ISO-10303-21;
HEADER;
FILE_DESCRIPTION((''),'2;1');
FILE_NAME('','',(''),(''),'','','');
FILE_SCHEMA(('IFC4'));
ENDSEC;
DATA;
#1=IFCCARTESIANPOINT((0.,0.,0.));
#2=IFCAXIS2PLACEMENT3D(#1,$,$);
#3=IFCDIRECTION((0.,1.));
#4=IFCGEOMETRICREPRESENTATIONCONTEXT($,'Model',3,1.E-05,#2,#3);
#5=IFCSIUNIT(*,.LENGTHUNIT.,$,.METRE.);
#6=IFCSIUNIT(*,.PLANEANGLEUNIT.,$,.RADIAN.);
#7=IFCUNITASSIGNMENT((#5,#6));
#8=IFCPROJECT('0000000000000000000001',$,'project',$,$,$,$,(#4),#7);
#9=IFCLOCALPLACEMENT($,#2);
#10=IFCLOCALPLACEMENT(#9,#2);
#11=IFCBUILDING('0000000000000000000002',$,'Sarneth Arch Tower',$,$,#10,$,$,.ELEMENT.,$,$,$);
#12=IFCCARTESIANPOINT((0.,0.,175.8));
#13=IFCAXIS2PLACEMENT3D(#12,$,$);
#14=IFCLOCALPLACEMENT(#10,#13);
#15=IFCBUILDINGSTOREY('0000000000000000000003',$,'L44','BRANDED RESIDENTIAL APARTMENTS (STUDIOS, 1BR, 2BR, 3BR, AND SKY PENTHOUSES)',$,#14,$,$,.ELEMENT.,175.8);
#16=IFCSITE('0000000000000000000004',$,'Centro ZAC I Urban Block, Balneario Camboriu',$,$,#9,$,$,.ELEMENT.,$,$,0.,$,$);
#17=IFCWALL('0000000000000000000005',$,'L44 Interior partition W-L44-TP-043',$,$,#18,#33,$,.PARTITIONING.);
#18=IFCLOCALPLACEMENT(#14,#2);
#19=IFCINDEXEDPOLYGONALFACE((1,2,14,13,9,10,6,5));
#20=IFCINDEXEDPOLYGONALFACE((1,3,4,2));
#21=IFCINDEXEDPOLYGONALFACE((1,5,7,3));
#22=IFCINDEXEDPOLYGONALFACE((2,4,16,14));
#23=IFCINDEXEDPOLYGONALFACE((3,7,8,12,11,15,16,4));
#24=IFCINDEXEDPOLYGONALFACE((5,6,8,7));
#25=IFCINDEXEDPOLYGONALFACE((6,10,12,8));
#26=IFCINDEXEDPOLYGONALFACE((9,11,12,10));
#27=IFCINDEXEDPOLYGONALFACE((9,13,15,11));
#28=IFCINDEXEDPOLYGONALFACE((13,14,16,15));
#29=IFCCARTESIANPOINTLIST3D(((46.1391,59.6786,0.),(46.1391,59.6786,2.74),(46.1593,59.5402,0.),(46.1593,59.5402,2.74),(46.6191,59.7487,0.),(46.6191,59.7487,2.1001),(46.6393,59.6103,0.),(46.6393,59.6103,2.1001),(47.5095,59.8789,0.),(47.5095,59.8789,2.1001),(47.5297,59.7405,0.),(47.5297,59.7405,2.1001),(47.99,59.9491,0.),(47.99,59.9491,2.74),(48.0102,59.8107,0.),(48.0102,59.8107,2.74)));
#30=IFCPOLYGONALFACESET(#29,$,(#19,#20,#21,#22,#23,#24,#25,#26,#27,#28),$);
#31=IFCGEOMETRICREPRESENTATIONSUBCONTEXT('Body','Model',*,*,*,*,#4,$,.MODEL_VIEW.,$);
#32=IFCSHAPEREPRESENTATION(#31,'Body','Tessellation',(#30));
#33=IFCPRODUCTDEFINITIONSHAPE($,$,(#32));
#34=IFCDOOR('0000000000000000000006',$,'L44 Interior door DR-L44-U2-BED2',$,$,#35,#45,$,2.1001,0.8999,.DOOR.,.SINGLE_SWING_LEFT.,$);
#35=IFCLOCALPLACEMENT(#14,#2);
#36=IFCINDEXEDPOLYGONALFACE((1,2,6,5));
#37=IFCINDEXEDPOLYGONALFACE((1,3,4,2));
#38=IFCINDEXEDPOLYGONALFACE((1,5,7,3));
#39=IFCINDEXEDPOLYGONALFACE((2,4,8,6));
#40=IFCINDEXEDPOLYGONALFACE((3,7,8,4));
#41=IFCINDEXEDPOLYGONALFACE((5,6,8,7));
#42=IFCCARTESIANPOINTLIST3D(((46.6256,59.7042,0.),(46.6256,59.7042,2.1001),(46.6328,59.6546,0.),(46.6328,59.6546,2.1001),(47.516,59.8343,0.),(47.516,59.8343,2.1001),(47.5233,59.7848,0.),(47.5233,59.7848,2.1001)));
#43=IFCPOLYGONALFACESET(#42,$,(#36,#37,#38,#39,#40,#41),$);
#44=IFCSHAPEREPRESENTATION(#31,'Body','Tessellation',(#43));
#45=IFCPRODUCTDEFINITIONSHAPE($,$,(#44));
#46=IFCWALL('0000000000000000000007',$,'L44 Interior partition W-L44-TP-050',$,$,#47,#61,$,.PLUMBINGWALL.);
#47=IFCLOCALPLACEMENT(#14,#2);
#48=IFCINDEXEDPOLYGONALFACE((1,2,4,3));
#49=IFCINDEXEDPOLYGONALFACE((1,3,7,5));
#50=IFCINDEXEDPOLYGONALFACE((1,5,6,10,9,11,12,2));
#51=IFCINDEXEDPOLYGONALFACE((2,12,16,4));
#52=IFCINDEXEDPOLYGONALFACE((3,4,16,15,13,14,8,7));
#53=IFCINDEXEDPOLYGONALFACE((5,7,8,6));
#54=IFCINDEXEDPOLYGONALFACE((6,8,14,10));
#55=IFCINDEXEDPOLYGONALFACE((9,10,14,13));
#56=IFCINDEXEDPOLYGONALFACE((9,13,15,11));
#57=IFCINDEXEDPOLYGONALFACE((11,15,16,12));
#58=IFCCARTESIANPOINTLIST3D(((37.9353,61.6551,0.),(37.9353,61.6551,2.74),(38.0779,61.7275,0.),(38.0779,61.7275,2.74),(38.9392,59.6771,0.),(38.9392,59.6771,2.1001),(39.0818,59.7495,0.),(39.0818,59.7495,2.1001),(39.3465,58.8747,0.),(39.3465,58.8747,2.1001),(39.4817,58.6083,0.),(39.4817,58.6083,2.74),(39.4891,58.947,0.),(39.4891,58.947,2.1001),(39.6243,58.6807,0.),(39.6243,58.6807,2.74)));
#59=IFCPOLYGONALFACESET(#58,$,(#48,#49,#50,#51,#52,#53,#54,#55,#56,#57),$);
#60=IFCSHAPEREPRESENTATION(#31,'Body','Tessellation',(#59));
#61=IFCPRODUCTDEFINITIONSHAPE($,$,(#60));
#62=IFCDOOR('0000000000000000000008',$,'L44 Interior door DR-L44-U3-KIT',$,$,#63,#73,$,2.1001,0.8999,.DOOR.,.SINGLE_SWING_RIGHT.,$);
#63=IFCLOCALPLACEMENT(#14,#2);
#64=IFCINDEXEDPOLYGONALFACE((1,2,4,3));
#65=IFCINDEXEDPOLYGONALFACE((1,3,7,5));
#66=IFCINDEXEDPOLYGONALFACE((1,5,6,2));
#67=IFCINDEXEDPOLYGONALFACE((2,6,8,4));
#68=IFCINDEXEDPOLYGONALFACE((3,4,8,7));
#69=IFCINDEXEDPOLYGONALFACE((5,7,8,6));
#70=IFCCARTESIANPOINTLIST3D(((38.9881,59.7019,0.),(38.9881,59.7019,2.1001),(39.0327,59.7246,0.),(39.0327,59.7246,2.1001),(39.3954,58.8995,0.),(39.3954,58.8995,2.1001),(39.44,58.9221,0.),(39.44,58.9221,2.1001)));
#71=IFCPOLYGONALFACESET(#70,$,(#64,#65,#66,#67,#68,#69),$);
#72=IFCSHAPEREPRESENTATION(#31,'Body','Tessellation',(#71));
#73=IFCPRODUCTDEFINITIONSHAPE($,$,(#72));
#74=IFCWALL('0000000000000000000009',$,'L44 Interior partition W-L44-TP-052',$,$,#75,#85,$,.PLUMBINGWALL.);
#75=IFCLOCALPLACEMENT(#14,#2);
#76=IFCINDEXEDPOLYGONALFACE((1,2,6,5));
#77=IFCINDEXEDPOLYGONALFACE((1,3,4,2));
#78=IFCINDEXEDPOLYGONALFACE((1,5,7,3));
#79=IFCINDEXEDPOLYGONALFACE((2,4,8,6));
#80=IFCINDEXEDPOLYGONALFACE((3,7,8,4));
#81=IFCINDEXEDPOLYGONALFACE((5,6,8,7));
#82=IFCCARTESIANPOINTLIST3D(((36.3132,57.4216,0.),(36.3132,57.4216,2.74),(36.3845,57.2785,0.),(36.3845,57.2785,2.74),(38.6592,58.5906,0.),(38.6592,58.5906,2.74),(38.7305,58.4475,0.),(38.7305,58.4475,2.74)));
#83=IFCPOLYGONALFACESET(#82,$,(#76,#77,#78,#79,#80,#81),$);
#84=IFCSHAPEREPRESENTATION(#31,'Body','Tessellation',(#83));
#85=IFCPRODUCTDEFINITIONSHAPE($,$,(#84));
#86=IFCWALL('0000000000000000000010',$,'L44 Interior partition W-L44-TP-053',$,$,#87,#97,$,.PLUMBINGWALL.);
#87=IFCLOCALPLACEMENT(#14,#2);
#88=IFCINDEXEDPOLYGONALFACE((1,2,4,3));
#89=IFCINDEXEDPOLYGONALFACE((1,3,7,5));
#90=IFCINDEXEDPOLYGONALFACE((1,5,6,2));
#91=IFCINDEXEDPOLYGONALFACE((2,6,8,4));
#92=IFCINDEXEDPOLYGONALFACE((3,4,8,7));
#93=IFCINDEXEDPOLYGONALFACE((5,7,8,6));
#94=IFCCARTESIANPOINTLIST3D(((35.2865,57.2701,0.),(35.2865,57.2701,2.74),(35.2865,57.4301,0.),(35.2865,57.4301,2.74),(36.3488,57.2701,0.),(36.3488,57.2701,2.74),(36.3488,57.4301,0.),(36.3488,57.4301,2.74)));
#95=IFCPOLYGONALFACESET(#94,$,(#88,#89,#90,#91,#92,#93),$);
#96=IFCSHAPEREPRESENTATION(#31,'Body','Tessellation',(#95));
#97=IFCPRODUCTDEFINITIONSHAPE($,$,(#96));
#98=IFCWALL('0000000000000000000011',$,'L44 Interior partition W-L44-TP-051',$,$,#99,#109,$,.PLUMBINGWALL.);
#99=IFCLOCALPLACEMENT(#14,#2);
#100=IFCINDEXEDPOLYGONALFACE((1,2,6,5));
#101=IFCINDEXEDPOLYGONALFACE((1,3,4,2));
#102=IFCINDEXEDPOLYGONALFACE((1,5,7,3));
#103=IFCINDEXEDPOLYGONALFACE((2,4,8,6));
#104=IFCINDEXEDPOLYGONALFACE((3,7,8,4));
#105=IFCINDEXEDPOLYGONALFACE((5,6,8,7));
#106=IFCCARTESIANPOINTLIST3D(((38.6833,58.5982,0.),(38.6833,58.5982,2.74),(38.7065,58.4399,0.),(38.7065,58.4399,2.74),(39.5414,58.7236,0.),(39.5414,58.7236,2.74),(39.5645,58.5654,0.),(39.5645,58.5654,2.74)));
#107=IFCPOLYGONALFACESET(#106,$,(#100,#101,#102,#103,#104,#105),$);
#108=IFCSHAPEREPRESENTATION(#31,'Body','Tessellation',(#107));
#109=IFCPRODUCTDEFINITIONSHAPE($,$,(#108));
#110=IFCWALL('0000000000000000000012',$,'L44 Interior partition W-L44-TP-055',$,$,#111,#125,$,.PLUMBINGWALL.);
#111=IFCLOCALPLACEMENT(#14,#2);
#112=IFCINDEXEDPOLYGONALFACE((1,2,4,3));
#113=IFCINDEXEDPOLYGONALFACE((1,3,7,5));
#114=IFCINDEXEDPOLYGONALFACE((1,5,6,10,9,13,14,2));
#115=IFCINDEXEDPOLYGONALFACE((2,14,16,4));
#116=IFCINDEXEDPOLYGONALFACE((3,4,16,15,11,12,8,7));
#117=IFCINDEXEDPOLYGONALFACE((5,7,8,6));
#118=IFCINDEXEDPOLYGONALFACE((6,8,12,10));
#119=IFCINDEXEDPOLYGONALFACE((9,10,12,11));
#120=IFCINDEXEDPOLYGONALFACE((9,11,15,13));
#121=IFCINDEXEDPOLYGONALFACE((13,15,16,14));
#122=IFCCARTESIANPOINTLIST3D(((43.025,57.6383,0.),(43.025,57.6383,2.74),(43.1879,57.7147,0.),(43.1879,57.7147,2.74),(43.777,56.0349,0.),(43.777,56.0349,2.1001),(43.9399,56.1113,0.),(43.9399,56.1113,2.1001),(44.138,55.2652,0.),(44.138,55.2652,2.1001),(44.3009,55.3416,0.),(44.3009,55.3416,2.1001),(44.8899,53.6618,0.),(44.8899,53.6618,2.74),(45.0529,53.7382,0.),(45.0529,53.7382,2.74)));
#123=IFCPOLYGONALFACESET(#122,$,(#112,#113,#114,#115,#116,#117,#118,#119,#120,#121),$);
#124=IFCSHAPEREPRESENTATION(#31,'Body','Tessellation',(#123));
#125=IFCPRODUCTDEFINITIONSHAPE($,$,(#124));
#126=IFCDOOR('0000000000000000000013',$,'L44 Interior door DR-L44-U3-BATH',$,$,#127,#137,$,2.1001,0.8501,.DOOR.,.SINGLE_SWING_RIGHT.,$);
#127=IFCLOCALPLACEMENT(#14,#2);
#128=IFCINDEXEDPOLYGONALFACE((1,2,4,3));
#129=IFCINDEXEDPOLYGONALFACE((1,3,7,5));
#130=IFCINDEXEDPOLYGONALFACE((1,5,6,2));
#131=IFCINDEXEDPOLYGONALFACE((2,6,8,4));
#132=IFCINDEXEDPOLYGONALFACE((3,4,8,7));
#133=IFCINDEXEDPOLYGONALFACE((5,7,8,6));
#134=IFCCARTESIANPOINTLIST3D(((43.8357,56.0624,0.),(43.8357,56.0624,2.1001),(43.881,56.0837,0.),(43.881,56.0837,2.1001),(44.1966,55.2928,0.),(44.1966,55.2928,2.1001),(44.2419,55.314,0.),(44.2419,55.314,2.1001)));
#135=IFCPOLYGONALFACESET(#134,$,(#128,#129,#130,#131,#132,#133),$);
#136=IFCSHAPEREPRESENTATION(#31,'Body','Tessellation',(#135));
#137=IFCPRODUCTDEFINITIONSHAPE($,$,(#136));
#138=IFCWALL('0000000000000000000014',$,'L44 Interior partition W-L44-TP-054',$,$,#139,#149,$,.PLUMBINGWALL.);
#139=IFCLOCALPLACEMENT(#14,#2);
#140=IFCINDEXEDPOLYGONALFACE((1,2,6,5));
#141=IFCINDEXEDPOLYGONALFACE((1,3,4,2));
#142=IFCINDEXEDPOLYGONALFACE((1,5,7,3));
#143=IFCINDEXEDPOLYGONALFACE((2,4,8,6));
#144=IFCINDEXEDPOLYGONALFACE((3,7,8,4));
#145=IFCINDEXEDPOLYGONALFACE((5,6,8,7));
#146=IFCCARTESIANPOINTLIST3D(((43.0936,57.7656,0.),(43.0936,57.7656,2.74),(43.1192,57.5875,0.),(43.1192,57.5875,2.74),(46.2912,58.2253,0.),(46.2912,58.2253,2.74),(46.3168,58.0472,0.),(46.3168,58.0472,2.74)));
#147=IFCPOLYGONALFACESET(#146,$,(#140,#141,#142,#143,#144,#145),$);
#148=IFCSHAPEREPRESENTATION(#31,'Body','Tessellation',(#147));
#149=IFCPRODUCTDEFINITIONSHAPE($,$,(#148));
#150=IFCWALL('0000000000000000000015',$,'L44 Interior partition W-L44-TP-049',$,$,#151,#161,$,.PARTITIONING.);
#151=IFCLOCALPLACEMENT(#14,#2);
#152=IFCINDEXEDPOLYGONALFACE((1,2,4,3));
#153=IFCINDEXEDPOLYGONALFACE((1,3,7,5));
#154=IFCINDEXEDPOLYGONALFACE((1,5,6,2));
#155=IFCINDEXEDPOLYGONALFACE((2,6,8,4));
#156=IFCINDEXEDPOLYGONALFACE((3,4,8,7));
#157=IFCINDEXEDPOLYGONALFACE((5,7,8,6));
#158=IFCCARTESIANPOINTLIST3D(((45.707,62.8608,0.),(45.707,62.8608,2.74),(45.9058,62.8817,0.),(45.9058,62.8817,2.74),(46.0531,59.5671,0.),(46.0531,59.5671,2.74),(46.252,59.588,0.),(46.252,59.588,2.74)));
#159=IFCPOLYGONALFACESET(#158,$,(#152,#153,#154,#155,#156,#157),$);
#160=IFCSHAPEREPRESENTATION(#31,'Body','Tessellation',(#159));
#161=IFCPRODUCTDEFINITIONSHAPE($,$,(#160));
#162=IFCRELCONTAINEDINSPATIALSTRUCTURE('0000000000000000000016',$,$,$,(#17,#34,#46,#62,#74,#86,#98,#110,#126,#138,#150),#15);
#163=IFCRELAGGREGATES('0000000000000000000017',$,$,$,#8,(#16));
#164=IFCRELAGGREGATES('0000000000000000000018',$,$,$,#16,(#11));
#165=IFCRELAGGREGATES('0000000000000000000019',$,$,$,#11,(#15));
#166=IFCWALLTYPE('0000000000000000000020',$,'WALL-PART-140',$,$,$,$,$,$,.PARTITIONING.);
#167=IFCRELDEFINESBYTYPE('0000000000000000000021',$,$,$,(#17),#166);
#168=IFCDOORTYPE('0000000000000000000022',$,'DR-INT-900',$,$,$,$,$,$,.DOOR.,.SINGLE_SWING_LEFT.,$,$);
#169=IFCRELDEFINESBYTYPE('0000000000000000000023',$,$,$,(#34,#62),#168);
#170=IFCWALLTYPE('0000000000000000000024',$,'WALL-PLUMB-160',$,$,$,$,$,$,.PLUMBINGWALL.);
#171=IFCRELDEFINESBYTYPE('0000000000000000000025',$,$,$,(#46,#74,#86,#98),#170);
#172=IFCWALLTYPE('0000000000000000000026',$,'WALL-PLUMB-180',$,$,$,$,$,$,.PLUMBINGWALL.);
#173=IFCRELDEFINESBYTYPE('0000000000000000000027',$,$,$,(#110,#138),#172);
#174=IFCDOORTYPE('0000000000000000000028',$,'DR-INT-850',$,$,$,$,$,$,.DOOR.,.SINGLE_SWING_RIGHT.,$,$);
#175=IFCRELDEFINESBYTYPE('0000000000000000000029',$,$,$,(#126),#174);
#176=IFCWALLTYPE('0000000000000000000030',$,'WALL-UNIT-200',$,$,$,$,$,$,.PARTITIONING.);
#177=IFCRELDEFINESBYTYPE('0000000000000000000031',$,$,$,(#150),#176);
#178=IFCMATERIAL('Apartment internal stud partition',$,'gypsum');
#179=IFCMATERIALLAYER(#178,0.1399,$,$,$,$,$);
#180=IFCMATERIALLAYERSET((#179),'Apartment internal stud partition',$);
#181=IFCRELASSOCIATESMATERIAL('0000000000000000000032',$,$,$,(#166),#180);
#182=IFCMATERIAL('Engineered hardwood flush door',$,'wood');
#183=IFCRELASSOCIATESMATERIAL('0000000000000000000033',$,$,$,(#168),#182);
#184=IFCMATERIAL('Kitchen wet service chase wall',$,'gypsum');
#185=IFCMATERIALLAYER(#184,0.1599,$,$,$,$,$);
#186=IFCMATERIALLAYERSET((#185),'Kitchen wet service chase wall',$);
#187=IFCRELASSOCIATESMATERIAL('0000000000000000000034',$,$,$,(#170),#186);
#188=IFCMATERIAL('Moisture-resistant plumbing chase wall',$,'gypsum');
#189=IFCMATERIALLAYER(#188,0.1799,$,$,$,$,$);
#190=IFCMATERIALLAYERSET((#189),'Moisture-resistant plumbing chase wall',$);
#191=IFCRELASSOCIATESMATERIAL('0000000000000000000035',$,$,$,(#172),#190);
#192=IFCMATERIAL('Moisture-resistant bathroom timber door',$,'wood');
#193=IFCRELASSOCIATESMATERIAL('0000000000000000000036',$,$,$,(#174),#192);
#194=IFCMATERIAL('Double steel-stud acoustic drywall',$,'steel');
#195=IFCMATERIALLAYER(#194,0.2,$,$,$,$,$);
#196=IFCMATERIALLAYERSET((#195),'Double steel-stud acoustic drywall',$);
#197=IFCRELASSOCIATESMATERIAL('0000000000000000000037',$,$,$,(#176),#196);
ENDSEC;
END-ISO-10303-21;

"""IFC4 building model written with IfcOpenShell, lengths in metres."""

from ifc_helpers import new_model, si_unit, direction, frame, frame_2d, origin, place, context, subcontext, project, spatial, rectangle, extrude, material, layer, layer_set, type_object, element, fill, save


model = new_model("IFC4")

# Units and contexts
model_context = context("Model", 3, precision=1e-05, world=origin(), true_north=direction((0.0, 1.0)))
body_context = subcontext(model_context, "Body", "Model", "MODEL_VIEW")
ifc_project = project(units=[si_unit("LENGTHUNIT", "METRE"), si_unit("PLANEANGLEUNIT", "RADIAN")], contexts=[model_context])

# Site, building, storey
site_placement = place(None, origin())
site = spatial("IfcSite", under=ifc_project, at=site_placement, Name="Centro ZAC I Urban Block, Balneario Camboriu", CompositionType="ELEMENT", RefElevation=0.0)
building_placement = place(site_placement, origin())
building = spatial("IfcBuilding", under=site, at=building_placement, Name="Sarneth Arch Tower", CompositionType="ELEMENT")
storey_placement = place(building_placement, frame((0.0, 0.0, 175.8)))
storey = spatial("IfcBuildingStorey", under=building, at=storey_placement, Name="L44", Description="BRANDED RESIDENTIAL APARTMENTS (STUDIOS, 1BR, 2BR, 3BR, AND SKY PENTHOUSES)", CompositionType="ELEMENT", Elevation=175.8)

# Walls, openings, doors
ifc_material_1 = material(Name="Apartment internal stud partition", Category="gypsum")
ifc_layer_1 = layer(ifc_material_1, 0.1399)
ifc_layer_set_1 = layer_set([ifc_layer_1], Name="Apartment internal stud partition")
wall_type_1 = type_object("IfcWallType", Name="WALL-PART-140", PredefinedType="PARTITIONING", material=ifc_layer_set_1)
wall_1_placement = place(storey_placement, frame((46.1492, 59.6094, 0.0), z_axis=(0.0, 0.0, 1.0), x_axis=(0.989488, 0.144618, 0.0)))
wall_1 = element("IfcWall", 1, at=wall_1_placement, inside=storey, type_object=wall_type_1, Name="L44 Interior partition W-L44-TP-043", PredefinedType="PARTITIONING", context=body_context, shape_type="SweptSolid", body=[
    extrude(rectangle(XDim=1.8706, YDim=0.1399, at=frame_2d((0.9353, 0.0))), origin(), (0.0, 0.0, 1.0), 2.74),
])
opening_1_placement = place(wall_1_placement, frame((0.4851, 0.0, 0.0)))
opening_1 = element("IfcOpeningElement", 2, at=opening_1_placement, cuts=wall_1, PredefinedType="OPENING", context=body_context, shape_type="SweptSolid", body=[
    extrude(rectangle(XDim=0.8999, YDim=2.1001, at=frame_2d((0.45, 1.05))), frame((0.0, 0.0798, 0.0), z_axis=(0.0, -1.0, 0.0), x_axis=(1.0, 0.0, 0.0)), (0.0, 0.0, 1.0), 0.1599),
])
ifc_material_2 = material(Name="Engineered hardwood flush door", Category="wood")
door_type_1 = type_object("IfcDoorType", Name="DR-INT-900", OperationType="SINGLE_SWING_LEFT", PredefinedType="DOOR", material=ifc_material_2)
door_1_placement = place(opening_1_placement, origin())
door_1 = element("IfcDoor", 3, at=door_1_placement, inside=storey, type_object=door_type_1, Name="L44 Interior door DR-L44-U2-BED2", OperationType="SINGLE_SWING_LEFT", OverallHeight=2.1001, OverallWidth=0.8999, PredefinedType="DOOR", context=body_context, shape_type="SweptSolid", body=[
    extrude(rectangle(XDim=0.8999, YDim=2.1001, at=frame_2d((0.45, 1.05))), frame((0.0, 0.0249, 0.0), z_axis=(0.0, -1.0, 0.0), x_axis=(1.0, 0.0, 0.0)), (0.0, 0.0, 1.0), 0.05),
])
fill(opening_1, door_1)
ifc_material_3 = material(Name="Kitchen wet service chase wall", Category="gypsum")
ifc_layer_2 = layer(ifc_material_3, 0.1599)
ifc_layer_set_2 = layer_set([ifc_layer_2], Name="Kitchen wet service chase wall")
wall_type_2 = type_object("IfcWallType", Name="WALL-PLUMB-160", PredefinedType="PLUMBINGWALL", material=ifc_layer_set_2)
wall_2_placement = place(storey_placement, frame((38.0066, 61.6914, 0.0), z_axis=(0.0, 0.0, 1.0), x_axis=(0.452579, -0.891724, 0.0)))
wall_2 = element("IfcWall", 4, at=wall_2_placement, inside=storey, type_object=wall_type_2, Name="L44 Interior partition W-L44-TP-050", PredefinedType="PLUMBINGWALL", context=body_context, shape_type="SweptSolid", body=[
    extrude(rectangle(XDim=3.4167, YDim=0.1599, at=frame_2d((1.7085, 0.0))), origin(), (0.0, 0.0, 1.0), 2.74),
])
opening_2_placement = place(wall_2_placement, frame((2.2183, 0.0, 0.0)))
opening_2 = element("IfcOpeningElement", 5, at=opening_2_placement, cuts=wall_2, PredefinedType="OPENING", context=body_context, shape_type="SweptSolid", body=[
    extrude(rectangle(XDim=0.8999, YDim=2.1001, at=frame_2d((0.45, 1.05))), frame((0.0, 0.0898, 0.0), z_axis=(0.0, -1.0, 0.0), x_axis=(1.0, 0.0, 0.0)), (0.0, 0.0, 1.0), 0.1799),
])
door_2_placement = place(opening_2_placement, origin())
door_2 = element("IfcDoor", 6, at=door_2_placement, inside=storey, type_object=door_type_1, Name="L44 Interior door DR-L44-U3-KIT", OperationType="SINGLE_SWING_RIGHT", OverallHeight=2.1001, OverallWidth=0.8999, PredefinedType="DOOR", context=body_context, shape_type="SweptSolid", body=[
    extrude(rectangle(XDim=0.8999, YDim=2.1001, at=frame_2d((0.45, 1.05))), frame((0.0, 0.0249, 0.0), z_axis=(0.0, -1.0, 0.0), x_axis=(1.0, 0.0, 0.0)), (0.0, 0.0, 1.0), 0.05),
])
fill(opening_2, door_2)

# Walls
wall_3_placement = place(storey_placement, frame((38.6948, 58.519, 0.0), z_axis=(0.0, 0.0, 1.0), x_axis=(-0.895041, -0.445984, 0.0)))
element("IfcWall", 7, at=wall_3_placement, inside=storey, type_object=wall_type_2, Name="L44 Interior partition W-L44-TP-052", PredefinedType="PLUMBINGWALL", context=body_context, shape_type="SweptSolid", body=[
    extrude(rectangle(XDim=2.6211, YDim=0.1599, at=frame_2d((1.3105, 0.0))), origin(), (0.0, 0.0, 1.0), 2.74),
])
wall_4_placement = place(storey_placement, frame((36.3489, 57.3501, 0.0), z_axis=(0.0, 0.0, 1.0), x_axis=(-1.0, 0.0, 0.0)))
element("IfcWall", 8, at=wall_4_placement, inside=storey, type_object=wall_type_2, Name="L44 Interior partition W-L44-TP-053", PredefinedType="PLUMBINGWALL", context=body_context, shape_type="SweptSolid", body=[
    extrude(rectangle(XDim=1.0623, YDim=0.1599, at=frame_2d((0.5312, 0.0))), origin(), (0.0, 0.0, 1.0), 2.74),
])
wall_5_placement = place(storey_placement, frame((39.553, 58.6445, 0.0), z_axis=(0.0, 0.0, 1.0), x_axis=(-0.989477, -0.144692, 0.0)))
element("IfcWall", 9, at=wall_5_placement, inside=storey, type_object=wall_type_2, Name="L44 Interior partition W-L44-TP-051", PredefinedType="PLUMBINGWALL", context=body_context, shape_type="SweptSolid", body=[
    extrude(rectangle(XDim=0.8672, YDim=0.1599, at=frame_2d((0.4336, 0.0))), origin(), (0.0, 0.0, 1.0), 2.74),
])

# Wall, opening, door
ifc_material_4 = material(Name="Moisture-resistant plumbing chase wall", Category="gypsum")
ifc_layer_3 = layer(ifc_material_4, 0.1799)
ifc_layer_set_3 = layer_set([ifc_layer_3], Name="Moisture-resistant plumbing chase wall")
wall_type_3 = type_object("IfcWallType", Name="WALL-PLUMB-180", PredefinedType="PLUMBINGWALL", material=ifc_layer_set_3)
wall_6_placement = place(storey_placement, frame((43.1064, 57.6765, 0.0), z_axis=(0.0, 0.0, 1.0), x_axis=(0.424616, -0.905373, 0.0)))
wall_6 = element("IfcWall", 10, at=wall_6_placement, inside=storey, type_object=wall_type_3, Name="L44 Interior partition W-L44-TP-055", PredefinedType="PLUMBINGWALL", context=body_context, shape_type="SweptSolid", body=[
    extrude(rectangle(XDim=4.3921, YDim=0.1799, at=frame_2d((2.196, 0.0))), origin(), (0.0, 0.0, 1.0), 2.74),
])
opening_3_placement = place(wall_6_placement, frame((1.771, 0.0, 0.0)))
opening_3 = element("IfcOpeningElement", 11, at=opening_3_placement, cuts=wall_6, PredefinedType="OPENING", context=body_context, shape_type="SweptSolid", body=[
    extrude(rectangle(XDim=0.8501, YDim=2.1001, at=frame_2d((0.425, 1.05))), frame((0.0, 0.0999, 0.0), z_axis=(0.0, -1.0, 0.0), x_axis=(1.0, 0.0, 0.0)), (0.0, 0.0, 1.0), 0.2),
])
ifc_material_5 = material(Name="Moisture-resistant bathroom timber door", Category="wood")
door_type_2 = type_object("IfcDoorType", Name="DR-INT-850", OperationType="SINGLE_SWING_RIGHT", PredefinedType="DOOR", material=ifc_material_5)
door_3_placement = place(opening_3_placement, origin())
door_3 = element("IfcDoor", 12, at=door_3_placement, inside=storey, type_object=door_type_2, Name="L44 Interior door DR-L44-U3-BATH", OperationType="SINGLE_SWING_RIGHT", OverallHeight=2.1001, OverallWidth=0.8501, PredefinedType="DOOR", context=body_context, shape_type="SweptSolid", body=[
    extrude(rectangle(XDim=0.8501, YDim=2.1001, at=frame_2d((0.425, 1.05))), frame((0.0, 0.0249, 0.0), z_axis=(0.0, -1.0, 0.0), x_axis=(1.0, 0.0, 0.0)), (0.0, 0.0, 1.0), 0.05),
])
fill(opening_3, door_3)

# Walls
wall_7_placement = place(storey_placement, frame((46.304, 58.1362, 0.0), z_axis=(0.0, 0.0, 1.0), x_axis=(-0.989822, -0.14231, 0.0)))
element("IfcWall", 13, at=wall_7_placement, inside=storey, type_object=wall_type_3, Name="L44 Interior partition W-L44-TP-054", PredefinedType="PLUMBINGWALL", context=body_context, shape_type="SweptSolid", body=[
    extrude(rectangle(XDim=3.2305, YDim=0.1799, at=frame_2d((1.6152, 0.0))), origin(), (0.0, 0.0, 1.0), 2.74),
])
ifc_material_6 = material(Name="Double steel-stud acoustic drywall", Category="steel")
ifc_layer_4 = layer(ifc_material_6, 0.2)
ifc_layer_set_4 = layer_set([ifc_layer_4], Name="Double steel-stud acoustic drywall")
wall_type_4 = type_object("IfcWallType", Name="WALL-UNIT-200", PredefinedType="PARTITIONING", material=ifc_layer_set_4)
wall_8_placement = place(storey_placement, frame((45.8064, 62.8711, 0.0), z_axis=(0.0, 0.0, 1.0), x_axis=(0.104531, -0.994522, 0.0)))
element("IfcWall", 14, at=wall_8_placement, inside=storey, type_object=wall_type_4, Name="L44 Interior partition W-L44-TP-049", PredefinedType="PARTITIONING", context=body_context, shape_type="SweptSolid", body=[
    extrude(rectangle(XDim=3.3118, YDim=0.2, at=frame_2d((1.6558, 0.0))), origin(), (0.0, 0.0, 1.0), 2.74),
])

save(model, "model.ifc")
